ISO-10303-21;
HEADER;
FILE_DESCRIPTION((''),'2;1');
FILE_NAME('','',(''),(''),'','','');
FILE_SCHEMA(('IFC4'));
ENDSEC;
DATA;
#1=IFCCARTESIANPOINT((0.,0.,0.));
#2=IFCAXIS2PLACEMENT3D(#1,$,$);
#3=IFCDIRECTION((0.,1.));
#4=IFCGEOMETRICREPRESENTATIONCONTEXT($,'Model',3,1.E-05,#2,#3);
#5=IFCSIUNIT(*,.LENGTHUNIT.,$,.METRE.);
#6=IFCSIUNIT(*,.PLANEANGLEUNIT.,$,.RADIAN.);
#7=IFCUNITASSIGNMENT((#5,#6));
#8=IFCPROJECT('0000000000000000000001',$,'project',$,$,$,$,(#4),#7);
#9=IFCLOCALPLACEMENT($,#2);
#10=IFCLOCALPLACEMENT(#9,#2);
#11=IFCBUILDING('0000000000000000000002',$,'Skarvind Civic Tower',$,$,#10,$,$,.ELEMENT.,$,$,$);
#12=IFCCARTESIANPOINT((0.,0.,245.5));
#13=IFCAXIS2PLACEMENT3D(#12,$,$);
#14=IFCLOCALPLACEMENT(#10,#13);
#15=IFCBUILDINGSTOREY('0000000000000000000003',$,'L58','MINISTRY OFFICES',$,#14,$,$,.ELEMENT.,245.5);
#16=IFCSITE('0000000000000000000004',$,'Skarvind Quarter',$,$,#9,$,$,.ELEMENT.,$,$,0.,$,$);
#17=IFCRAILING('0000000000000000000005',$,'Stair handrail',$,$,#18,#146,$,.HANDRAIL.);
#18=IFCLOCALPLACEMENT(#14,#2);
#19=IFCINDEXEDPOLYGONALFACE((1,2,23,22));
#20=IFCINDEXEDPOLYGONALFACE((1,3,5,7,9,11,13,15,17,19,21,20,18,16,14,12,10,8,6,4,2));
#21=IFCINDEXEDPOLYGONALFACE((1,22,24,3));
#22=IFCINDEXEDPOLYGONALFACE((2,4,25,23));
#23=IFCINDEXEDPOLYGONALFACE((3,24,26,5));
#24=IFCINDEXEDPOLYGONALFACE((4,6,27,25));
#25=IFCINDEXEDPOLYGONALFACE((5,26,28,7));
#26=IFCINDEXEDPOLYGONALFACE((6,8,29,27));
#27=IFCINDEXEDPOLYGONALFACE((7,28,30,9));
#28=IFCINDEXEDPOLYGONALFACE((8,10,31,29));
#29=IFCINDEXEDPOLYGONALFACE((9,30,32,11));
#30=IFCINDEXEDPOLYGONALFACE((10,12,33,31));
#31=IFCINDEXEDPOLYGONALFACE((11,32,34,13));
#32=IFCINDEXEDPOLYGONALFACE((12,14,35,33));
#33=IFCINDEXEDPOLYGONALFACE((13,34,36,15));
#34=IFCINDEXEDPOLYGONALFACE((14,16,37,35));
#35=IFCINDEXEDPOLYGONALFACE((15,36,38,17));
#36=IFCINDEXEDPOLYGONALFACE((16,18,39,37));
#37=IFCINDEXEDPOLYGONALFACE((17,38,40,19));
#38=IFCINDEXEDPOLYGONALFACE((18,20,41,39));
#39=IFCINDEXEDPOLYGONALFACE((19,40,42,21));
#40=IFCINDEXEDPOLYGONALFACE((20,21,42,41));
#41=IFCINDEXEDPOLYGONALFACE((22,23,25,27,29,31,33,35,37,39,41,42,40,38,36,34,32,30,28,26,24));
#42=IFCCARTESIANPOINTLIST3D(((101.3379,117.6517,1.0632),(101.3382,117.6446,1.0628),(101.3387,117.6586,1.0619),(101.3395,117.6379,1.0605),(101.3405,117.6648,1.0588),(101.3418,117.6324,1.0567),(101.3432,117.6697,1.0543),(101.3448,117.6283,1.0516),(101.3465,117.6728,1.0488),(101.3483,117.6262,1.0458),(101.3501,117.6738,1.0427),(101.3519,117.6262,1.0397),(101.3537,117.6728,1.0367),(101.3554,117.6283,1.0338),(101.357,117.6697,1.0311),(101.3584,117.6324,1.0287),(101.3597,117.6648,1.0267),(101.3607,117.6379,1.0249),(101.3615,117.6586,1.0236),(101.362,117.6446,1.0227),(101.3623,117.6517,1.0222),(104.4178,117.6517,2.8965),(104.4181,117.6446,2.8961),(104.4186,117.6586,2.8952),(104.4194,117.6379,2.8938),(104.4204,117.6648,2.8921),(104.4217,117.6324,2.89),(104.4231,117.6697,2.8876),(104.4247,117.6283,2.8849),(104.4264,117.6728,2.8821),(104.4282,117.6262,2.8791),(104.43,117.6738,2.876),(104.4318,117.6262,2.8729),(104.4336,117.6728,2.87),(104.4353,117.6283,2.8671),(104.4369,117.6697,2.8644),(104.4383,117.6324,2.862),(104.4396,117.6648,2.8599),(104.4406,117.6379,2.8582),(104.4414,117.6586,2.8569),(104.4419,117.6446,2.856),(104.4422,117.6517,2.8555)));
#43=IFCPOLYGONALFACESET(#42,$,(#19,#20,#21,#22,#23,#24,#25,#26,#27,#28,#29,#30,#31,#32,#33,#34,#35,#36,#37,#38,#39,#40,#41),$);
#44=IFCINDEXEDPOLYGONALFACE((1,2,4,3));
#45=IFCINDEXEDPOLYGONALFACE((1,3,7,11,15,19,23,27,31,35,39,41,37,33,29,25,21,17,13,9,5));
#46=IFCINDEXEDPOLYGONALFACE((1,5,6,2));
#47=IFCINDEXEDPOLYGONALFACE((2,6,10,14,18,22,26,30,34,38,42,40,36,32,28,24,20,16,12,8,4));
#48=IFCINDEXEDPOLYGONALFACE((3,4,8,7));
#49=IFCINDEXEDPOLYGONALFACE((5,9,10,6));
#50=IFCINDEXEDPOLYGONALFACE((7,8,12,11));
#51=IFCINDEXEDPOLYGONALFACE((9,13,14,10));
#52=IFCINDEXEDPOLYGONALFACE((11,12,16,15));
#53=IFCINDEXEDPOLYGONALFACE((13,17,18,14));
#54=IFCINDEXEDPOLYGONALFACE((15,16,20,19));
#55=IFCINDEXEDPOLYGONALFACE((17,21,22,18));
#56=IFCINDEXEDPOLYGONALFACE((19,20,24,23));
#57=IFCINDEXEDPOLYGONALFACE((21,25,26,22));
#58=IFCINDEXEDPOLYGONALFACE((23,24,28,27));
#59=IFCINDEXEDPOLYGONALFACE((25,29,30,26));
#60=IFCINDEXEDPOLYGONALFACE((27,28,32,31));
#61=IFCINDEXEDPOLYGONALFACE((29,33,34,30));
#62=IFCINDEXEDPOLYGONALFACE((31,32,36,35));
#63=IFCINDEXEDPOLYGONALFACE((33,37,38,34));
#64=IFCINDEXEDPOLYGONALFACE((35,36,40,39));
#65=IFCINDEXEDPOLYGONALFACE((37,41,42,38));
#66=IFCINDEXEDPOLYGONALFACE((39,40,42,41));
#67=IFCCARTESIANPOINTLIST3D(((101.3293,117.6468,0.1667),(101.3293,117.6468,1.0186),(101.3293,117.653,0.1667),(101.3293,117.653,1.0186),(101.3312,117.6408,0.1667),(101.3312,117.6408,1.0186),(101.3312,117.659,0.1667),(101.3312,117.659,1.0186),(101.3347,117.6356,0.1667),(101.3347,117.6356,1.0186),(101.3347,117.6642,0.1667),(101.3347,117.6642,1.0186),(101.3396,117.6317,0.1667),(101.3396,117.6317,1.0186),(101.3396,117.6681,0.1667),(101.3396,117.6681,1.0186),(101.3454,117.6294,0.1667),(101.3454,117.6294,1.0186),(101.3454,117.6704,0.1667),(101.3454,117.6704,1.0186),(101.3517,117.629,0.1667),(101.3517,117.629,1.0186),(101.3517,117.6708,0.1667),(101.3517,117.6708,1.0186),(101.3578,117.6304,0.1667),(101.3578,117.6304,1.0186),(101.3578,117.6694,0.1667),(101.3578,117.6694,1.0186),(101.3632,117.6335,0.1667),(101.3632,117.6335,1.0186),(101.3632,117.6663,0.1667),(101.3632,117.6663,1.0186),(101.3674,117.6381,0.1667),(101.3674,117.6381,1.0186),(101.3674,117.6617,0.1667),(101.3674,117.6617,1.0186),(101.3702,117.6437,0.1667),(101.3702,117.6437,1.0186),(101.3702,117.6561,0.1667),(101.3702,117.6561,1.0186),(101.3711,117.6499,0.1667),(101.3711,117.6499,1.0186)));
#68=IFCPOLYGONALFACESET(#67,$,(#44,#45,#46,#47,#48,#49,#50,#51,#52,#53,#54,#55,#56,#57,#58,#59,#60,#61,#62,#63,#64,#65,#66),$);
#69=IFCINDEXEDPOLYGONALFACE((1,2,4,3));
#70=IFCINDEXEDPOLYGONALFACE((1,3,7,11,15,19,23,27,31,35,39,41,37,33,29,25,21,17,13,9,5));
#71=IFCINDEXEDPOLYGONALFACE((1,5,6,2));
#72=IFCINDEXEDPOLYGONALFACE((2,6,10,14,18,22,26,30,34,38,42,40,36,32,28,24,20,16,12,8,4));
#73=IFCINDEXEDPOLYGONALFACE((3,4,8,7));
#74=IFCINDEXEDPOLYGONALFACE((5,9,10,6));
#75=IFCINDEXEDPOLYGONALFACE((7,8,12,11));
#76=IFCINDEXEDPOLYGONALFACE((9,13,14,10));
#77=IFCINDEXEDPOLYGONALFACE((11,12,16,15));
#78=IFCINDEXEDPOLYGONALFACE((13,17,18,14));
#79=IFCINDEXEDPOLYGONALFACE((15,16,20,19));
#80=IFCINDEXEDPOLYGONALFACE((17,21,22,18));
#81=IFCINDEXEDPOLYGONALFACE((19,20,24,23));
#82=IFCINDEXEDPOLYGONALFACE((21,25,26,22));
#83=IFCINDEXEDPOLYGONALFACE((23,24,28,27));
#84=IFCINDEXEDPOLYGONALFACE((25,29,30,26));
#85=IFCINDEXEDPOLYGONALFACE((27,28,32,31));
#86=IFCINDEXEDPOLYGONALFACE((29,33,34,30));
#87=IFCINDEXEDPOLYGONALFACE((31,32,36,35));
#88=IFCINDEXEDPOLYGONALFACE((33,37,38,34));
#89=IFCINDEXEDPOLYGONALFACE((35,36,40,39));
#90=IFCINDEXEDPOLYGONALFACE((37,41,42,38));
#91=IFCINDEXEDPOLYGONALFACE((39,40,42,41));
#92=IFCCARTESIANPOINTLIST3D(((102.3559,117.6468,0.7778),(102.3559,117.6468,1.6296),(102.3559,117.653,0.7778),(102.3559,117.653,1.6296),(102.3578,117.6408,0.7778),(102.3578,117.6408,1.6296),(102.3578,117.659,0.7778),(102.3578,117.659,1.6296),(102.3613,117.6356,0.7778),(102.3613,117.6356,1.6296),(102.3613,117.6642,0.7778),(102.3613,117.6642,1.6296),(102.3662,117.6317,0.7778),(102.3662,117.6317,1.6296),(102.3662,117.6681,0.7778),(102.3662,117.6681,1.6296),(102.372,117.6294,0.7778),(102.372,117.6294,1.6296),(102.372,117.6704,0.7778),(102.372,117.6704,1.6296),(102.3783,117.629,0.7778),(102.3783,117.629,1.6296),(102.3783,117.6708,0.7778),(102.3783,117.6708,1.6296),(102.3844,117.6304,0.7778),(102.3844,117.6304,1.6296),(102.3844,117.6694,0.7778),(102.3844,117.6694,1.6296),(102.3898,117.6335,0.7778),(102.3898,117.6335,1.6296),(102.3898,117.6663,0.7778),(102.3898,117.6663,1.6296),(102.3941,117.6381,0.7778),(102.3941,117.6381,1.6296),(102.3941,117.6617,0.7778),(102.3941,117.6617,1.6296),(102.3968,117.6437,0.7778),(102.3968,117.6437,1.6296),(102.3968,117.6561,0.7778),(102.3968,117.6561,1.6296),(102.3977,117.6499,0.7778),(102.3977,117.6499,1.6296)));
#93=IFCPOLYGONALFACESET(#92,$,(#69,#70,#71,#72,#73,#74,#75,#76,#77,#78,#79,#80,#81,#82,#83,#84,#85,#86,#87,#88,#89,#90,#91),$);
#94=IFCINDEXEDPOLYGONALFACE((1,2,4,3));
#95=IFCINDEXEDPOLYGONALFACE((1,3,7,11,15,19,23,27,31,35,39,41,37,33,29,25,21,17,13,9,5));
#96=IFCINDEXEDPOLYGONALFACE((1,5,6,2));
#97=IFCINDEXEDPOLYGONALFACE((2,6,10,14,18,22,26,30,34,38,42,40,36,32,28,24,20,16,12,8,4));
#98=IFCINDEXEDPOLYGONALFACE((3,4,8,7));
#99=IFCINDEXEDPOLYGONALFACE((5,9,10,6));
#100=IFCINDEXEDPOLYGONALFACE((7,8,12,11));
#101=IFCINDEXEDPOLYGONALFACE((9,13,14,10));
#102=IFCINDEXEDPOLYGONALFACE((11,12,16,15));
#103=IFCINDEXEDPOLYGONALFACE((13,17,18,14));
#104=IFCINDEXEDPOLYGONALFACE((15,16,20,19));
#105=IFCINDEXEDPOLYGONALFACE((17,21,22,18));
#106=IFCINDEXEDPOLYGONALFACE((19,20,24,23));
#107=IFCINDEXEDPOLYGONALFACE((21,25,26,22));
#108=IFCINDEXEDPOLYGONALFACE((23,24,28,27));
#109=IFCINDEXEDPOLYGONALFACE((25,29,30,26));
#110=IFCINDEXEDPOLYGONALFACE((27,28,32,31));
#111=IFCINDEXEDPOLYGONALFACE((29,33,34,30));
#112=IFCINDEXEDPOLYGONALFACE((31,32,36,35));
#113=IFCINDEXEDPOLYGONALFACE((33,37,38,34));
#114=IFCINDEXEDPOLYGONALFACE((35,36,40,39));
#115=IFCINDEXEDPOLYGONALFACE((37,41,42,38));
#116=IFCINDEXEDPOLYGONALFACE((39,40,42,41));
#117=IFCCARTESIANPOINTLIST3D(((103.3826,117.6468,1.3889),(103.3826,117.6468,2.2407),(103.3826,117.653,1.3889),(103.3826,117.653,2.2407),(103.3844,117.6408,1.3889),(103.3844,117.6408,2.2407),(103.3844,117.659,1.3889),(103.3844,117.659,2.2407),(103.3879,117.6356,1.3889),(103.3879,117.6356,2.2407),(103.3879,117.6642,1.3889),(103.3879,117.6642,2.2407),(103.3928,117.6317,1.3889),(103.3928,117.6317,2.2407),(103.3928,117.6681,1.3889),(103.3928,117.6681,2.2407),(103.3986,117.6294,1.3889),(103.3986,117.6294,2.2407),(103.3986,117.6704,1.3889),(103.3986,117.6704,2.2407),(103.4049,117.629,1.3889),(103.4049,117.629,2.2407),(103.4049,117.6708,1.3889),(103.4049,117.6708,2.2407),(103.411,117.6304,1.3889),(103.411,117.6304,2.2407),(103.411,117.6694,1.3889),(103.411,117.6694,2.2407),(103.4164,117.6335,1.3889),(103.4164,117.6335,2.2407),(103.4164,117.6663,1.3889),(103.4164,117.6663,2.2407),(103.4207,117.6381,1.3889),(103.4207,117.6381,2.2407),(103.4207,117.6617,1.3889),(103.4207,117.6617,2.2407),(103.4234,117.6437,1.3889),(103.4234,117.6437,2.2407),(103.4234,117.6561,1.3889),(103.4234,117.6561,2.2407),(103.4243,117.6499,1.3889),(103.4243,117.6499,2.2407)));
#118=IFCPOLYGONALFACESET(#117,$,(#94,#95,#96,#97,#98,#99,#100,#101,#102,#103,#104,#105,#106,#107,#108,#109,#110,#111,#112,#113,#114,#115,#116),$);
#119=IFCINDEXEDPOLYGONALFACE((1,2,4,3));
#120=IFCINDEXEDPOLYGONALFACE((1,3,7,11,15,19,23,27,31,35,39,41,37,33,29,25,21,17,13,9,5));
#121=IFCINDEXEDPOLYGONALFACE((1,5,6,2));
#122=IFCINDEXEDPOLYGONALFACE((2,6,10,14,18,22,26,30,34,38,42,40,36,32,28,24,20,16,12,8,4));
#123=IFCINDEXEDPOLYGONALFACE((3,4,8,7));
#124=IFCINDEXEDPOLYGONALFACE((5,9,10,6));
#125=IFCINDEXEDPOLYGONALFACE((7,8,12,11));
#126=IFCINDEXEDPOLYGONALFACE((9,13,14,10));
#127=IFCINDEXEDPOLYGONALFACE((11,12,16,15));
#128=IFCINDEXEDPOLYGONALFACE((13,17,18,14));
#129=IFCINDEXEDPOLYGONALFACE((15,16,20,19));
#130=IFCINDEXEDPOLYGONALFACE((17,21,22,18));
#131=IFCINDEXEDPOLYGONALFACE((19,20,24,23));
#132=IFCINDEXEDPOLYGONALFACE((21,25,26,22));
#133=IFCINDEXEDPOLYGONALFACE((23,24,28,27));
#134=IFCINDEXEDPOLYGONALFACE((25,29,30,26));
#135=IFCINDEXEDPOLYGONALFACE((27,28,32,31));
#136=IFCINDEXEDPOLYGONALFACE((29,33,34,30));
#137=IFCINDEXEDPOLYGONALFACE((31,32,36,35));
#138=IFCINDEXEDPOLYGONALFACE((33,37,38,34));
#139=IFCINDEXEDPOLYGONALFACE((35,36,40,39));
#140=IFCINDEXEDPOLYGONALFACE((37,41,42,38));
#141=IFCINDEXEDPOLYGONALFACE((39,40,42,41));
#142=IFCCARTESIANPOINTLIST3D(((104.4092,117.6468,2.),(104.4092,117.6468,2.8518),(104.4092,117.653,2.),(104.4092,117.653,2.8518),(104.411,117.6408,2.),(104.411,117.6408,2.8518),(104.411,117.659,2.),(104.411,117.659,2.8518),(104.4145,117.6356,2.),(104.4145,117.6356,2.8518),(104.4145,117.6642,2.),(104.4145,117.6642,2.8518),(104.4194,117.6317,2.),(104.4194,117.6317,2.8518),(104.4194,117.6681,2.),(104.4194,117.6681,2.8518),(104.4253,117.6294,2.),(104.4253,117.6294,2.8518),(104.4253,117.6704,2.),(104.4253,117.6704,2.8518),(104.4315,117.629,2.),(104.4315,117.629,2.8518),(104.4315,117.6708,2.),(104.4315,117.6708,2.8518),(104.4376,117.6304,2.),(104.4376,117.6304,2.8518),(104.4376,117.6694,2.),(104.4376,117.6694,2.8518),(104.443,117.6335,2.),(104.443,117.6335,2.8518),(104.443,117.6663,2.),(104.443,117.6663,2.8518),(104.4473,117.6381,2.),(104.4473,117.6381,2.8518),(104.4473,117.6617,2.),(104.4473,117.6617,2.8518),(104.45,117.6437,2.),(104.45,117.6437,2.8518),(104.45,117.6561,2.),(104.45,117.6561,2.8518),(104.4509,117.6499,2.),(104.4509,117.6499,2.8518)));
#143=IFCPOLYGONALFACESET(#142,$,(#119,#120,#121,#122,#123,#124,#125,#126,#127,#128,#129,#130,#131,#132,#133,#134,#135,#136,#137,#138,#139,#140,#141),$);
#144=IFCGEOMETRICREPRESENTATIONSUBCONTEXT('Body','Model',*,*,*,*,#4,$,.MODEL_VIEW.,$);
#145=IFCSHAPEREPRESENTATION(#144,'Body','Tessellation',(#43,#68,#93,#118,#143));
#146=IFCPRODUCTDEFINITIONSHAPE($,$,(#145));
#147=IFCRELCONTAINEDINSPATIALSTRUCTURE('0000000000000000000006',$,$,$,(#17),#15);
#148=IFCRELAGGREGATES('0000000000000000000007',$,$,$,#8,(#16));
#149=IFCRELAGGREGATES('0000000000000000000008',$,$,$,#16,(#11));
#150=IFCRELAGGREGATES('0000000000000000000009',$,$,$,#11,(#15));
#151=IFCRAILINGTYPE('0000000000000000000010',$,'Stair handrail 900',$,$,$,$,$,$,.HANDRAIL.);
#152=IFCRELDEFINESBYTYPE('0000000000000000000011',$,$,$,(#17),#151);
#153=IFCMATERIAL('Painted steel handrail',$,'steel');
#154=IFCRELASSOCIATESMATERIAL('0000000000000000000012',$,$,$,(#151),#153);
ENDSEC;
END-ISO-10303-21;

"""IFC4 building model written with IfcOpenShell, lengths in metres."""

from ifc_helpers import new_model, si_unit, direction, frame, origin, origin_2d, place, context, subcontext, project, spatial, circle, extrude, material, type_object, element, save


model = new_model("IFC4")

# Units and contexts
model_context = context("Model", 3, precision=1e-05, world=origin(), true_north=direction((0.0, 1.0)))
body_context = subcontext(model_context, "Body", "Model", "MODEL_VIEW")
ifc_project = project(units=[si_unit("LENGTHUNIT", "METRE"), si_unit("PLANEANGLEUNIT", "RADIAN")], contexts=[model_context])

# Site, building, storey
site_placement = place(None, origin())
site = spatial("IfcSite", under=ifc_project, at=site_placement, Name="Skarvind Quarter", CompositionType="ELEMENT", RefElevation=0.0)
building_placement = place(site_placement, origin())
building = spatial("IfcBuilding", under=site, at=building_placement, Name="Skarvind Civic Tower", CompositionType="ELEMENT")
storey_placement = place(building_placement, frame((0.0, 0.0, 245.5)))
storey = spatial("IfcBuildingStorey", under=building, at=storey_placement, Name="L58", Description="MINISTRY OFFICES", CompositionType="ELEMENT", Elevation=245.5)

# Railing
ifc_material_1 = material(Name="Painted steel handrail", Category="steel")
railing_type = type_object("IfcRailingType", Name="Stair handrail 900", PredefinedType="HANDRAIL", material=ifc_material_1)
railing_placement = place(storey_placement, frame((101.3501, 117.6499, 0.1667)))
element("IfcRailing", 1, at=railing_placement, inside=storey, type_object=railing_type, Name="Stair handrail", PredefinedType="HANDRAIL", context=body_context, shape_type="SweptSolid", body=[
    extrude(circle(Radius=0.0239, at=origin_2d()), frame((0.0, 0.0, 0.876), z_axis=(0.859291, 0.0, 0.511487), x_axis=(0.0, 1.0, 0.0)), (0.0, 0.0, 1.0), 3.5842),
    extrude(circle(Radius=0.021, at=origin_2d()), origin(), (0.0, 0.0, 1.0), 0.8518),
    extrude(circle(Radius=0.021, at=origin_2d()), frame((1.0266, 0.0, 0.6111)), (0.0, 0.0, 1.0), 0.8518),
    extrude(circle(Radius=0.021, at=origin_2d()), frame((2.0532, 0.0, 1.2222)), (0.0, 0.0, 1.0), 0.8518),
    extrude(circle(Radius=0.021, at=origin_2d()), frame((3.0798, 0.0, 1.8333)), (0.0, 0.0, 1.0), 0.8518),
])

save(model, "model.ifc")
